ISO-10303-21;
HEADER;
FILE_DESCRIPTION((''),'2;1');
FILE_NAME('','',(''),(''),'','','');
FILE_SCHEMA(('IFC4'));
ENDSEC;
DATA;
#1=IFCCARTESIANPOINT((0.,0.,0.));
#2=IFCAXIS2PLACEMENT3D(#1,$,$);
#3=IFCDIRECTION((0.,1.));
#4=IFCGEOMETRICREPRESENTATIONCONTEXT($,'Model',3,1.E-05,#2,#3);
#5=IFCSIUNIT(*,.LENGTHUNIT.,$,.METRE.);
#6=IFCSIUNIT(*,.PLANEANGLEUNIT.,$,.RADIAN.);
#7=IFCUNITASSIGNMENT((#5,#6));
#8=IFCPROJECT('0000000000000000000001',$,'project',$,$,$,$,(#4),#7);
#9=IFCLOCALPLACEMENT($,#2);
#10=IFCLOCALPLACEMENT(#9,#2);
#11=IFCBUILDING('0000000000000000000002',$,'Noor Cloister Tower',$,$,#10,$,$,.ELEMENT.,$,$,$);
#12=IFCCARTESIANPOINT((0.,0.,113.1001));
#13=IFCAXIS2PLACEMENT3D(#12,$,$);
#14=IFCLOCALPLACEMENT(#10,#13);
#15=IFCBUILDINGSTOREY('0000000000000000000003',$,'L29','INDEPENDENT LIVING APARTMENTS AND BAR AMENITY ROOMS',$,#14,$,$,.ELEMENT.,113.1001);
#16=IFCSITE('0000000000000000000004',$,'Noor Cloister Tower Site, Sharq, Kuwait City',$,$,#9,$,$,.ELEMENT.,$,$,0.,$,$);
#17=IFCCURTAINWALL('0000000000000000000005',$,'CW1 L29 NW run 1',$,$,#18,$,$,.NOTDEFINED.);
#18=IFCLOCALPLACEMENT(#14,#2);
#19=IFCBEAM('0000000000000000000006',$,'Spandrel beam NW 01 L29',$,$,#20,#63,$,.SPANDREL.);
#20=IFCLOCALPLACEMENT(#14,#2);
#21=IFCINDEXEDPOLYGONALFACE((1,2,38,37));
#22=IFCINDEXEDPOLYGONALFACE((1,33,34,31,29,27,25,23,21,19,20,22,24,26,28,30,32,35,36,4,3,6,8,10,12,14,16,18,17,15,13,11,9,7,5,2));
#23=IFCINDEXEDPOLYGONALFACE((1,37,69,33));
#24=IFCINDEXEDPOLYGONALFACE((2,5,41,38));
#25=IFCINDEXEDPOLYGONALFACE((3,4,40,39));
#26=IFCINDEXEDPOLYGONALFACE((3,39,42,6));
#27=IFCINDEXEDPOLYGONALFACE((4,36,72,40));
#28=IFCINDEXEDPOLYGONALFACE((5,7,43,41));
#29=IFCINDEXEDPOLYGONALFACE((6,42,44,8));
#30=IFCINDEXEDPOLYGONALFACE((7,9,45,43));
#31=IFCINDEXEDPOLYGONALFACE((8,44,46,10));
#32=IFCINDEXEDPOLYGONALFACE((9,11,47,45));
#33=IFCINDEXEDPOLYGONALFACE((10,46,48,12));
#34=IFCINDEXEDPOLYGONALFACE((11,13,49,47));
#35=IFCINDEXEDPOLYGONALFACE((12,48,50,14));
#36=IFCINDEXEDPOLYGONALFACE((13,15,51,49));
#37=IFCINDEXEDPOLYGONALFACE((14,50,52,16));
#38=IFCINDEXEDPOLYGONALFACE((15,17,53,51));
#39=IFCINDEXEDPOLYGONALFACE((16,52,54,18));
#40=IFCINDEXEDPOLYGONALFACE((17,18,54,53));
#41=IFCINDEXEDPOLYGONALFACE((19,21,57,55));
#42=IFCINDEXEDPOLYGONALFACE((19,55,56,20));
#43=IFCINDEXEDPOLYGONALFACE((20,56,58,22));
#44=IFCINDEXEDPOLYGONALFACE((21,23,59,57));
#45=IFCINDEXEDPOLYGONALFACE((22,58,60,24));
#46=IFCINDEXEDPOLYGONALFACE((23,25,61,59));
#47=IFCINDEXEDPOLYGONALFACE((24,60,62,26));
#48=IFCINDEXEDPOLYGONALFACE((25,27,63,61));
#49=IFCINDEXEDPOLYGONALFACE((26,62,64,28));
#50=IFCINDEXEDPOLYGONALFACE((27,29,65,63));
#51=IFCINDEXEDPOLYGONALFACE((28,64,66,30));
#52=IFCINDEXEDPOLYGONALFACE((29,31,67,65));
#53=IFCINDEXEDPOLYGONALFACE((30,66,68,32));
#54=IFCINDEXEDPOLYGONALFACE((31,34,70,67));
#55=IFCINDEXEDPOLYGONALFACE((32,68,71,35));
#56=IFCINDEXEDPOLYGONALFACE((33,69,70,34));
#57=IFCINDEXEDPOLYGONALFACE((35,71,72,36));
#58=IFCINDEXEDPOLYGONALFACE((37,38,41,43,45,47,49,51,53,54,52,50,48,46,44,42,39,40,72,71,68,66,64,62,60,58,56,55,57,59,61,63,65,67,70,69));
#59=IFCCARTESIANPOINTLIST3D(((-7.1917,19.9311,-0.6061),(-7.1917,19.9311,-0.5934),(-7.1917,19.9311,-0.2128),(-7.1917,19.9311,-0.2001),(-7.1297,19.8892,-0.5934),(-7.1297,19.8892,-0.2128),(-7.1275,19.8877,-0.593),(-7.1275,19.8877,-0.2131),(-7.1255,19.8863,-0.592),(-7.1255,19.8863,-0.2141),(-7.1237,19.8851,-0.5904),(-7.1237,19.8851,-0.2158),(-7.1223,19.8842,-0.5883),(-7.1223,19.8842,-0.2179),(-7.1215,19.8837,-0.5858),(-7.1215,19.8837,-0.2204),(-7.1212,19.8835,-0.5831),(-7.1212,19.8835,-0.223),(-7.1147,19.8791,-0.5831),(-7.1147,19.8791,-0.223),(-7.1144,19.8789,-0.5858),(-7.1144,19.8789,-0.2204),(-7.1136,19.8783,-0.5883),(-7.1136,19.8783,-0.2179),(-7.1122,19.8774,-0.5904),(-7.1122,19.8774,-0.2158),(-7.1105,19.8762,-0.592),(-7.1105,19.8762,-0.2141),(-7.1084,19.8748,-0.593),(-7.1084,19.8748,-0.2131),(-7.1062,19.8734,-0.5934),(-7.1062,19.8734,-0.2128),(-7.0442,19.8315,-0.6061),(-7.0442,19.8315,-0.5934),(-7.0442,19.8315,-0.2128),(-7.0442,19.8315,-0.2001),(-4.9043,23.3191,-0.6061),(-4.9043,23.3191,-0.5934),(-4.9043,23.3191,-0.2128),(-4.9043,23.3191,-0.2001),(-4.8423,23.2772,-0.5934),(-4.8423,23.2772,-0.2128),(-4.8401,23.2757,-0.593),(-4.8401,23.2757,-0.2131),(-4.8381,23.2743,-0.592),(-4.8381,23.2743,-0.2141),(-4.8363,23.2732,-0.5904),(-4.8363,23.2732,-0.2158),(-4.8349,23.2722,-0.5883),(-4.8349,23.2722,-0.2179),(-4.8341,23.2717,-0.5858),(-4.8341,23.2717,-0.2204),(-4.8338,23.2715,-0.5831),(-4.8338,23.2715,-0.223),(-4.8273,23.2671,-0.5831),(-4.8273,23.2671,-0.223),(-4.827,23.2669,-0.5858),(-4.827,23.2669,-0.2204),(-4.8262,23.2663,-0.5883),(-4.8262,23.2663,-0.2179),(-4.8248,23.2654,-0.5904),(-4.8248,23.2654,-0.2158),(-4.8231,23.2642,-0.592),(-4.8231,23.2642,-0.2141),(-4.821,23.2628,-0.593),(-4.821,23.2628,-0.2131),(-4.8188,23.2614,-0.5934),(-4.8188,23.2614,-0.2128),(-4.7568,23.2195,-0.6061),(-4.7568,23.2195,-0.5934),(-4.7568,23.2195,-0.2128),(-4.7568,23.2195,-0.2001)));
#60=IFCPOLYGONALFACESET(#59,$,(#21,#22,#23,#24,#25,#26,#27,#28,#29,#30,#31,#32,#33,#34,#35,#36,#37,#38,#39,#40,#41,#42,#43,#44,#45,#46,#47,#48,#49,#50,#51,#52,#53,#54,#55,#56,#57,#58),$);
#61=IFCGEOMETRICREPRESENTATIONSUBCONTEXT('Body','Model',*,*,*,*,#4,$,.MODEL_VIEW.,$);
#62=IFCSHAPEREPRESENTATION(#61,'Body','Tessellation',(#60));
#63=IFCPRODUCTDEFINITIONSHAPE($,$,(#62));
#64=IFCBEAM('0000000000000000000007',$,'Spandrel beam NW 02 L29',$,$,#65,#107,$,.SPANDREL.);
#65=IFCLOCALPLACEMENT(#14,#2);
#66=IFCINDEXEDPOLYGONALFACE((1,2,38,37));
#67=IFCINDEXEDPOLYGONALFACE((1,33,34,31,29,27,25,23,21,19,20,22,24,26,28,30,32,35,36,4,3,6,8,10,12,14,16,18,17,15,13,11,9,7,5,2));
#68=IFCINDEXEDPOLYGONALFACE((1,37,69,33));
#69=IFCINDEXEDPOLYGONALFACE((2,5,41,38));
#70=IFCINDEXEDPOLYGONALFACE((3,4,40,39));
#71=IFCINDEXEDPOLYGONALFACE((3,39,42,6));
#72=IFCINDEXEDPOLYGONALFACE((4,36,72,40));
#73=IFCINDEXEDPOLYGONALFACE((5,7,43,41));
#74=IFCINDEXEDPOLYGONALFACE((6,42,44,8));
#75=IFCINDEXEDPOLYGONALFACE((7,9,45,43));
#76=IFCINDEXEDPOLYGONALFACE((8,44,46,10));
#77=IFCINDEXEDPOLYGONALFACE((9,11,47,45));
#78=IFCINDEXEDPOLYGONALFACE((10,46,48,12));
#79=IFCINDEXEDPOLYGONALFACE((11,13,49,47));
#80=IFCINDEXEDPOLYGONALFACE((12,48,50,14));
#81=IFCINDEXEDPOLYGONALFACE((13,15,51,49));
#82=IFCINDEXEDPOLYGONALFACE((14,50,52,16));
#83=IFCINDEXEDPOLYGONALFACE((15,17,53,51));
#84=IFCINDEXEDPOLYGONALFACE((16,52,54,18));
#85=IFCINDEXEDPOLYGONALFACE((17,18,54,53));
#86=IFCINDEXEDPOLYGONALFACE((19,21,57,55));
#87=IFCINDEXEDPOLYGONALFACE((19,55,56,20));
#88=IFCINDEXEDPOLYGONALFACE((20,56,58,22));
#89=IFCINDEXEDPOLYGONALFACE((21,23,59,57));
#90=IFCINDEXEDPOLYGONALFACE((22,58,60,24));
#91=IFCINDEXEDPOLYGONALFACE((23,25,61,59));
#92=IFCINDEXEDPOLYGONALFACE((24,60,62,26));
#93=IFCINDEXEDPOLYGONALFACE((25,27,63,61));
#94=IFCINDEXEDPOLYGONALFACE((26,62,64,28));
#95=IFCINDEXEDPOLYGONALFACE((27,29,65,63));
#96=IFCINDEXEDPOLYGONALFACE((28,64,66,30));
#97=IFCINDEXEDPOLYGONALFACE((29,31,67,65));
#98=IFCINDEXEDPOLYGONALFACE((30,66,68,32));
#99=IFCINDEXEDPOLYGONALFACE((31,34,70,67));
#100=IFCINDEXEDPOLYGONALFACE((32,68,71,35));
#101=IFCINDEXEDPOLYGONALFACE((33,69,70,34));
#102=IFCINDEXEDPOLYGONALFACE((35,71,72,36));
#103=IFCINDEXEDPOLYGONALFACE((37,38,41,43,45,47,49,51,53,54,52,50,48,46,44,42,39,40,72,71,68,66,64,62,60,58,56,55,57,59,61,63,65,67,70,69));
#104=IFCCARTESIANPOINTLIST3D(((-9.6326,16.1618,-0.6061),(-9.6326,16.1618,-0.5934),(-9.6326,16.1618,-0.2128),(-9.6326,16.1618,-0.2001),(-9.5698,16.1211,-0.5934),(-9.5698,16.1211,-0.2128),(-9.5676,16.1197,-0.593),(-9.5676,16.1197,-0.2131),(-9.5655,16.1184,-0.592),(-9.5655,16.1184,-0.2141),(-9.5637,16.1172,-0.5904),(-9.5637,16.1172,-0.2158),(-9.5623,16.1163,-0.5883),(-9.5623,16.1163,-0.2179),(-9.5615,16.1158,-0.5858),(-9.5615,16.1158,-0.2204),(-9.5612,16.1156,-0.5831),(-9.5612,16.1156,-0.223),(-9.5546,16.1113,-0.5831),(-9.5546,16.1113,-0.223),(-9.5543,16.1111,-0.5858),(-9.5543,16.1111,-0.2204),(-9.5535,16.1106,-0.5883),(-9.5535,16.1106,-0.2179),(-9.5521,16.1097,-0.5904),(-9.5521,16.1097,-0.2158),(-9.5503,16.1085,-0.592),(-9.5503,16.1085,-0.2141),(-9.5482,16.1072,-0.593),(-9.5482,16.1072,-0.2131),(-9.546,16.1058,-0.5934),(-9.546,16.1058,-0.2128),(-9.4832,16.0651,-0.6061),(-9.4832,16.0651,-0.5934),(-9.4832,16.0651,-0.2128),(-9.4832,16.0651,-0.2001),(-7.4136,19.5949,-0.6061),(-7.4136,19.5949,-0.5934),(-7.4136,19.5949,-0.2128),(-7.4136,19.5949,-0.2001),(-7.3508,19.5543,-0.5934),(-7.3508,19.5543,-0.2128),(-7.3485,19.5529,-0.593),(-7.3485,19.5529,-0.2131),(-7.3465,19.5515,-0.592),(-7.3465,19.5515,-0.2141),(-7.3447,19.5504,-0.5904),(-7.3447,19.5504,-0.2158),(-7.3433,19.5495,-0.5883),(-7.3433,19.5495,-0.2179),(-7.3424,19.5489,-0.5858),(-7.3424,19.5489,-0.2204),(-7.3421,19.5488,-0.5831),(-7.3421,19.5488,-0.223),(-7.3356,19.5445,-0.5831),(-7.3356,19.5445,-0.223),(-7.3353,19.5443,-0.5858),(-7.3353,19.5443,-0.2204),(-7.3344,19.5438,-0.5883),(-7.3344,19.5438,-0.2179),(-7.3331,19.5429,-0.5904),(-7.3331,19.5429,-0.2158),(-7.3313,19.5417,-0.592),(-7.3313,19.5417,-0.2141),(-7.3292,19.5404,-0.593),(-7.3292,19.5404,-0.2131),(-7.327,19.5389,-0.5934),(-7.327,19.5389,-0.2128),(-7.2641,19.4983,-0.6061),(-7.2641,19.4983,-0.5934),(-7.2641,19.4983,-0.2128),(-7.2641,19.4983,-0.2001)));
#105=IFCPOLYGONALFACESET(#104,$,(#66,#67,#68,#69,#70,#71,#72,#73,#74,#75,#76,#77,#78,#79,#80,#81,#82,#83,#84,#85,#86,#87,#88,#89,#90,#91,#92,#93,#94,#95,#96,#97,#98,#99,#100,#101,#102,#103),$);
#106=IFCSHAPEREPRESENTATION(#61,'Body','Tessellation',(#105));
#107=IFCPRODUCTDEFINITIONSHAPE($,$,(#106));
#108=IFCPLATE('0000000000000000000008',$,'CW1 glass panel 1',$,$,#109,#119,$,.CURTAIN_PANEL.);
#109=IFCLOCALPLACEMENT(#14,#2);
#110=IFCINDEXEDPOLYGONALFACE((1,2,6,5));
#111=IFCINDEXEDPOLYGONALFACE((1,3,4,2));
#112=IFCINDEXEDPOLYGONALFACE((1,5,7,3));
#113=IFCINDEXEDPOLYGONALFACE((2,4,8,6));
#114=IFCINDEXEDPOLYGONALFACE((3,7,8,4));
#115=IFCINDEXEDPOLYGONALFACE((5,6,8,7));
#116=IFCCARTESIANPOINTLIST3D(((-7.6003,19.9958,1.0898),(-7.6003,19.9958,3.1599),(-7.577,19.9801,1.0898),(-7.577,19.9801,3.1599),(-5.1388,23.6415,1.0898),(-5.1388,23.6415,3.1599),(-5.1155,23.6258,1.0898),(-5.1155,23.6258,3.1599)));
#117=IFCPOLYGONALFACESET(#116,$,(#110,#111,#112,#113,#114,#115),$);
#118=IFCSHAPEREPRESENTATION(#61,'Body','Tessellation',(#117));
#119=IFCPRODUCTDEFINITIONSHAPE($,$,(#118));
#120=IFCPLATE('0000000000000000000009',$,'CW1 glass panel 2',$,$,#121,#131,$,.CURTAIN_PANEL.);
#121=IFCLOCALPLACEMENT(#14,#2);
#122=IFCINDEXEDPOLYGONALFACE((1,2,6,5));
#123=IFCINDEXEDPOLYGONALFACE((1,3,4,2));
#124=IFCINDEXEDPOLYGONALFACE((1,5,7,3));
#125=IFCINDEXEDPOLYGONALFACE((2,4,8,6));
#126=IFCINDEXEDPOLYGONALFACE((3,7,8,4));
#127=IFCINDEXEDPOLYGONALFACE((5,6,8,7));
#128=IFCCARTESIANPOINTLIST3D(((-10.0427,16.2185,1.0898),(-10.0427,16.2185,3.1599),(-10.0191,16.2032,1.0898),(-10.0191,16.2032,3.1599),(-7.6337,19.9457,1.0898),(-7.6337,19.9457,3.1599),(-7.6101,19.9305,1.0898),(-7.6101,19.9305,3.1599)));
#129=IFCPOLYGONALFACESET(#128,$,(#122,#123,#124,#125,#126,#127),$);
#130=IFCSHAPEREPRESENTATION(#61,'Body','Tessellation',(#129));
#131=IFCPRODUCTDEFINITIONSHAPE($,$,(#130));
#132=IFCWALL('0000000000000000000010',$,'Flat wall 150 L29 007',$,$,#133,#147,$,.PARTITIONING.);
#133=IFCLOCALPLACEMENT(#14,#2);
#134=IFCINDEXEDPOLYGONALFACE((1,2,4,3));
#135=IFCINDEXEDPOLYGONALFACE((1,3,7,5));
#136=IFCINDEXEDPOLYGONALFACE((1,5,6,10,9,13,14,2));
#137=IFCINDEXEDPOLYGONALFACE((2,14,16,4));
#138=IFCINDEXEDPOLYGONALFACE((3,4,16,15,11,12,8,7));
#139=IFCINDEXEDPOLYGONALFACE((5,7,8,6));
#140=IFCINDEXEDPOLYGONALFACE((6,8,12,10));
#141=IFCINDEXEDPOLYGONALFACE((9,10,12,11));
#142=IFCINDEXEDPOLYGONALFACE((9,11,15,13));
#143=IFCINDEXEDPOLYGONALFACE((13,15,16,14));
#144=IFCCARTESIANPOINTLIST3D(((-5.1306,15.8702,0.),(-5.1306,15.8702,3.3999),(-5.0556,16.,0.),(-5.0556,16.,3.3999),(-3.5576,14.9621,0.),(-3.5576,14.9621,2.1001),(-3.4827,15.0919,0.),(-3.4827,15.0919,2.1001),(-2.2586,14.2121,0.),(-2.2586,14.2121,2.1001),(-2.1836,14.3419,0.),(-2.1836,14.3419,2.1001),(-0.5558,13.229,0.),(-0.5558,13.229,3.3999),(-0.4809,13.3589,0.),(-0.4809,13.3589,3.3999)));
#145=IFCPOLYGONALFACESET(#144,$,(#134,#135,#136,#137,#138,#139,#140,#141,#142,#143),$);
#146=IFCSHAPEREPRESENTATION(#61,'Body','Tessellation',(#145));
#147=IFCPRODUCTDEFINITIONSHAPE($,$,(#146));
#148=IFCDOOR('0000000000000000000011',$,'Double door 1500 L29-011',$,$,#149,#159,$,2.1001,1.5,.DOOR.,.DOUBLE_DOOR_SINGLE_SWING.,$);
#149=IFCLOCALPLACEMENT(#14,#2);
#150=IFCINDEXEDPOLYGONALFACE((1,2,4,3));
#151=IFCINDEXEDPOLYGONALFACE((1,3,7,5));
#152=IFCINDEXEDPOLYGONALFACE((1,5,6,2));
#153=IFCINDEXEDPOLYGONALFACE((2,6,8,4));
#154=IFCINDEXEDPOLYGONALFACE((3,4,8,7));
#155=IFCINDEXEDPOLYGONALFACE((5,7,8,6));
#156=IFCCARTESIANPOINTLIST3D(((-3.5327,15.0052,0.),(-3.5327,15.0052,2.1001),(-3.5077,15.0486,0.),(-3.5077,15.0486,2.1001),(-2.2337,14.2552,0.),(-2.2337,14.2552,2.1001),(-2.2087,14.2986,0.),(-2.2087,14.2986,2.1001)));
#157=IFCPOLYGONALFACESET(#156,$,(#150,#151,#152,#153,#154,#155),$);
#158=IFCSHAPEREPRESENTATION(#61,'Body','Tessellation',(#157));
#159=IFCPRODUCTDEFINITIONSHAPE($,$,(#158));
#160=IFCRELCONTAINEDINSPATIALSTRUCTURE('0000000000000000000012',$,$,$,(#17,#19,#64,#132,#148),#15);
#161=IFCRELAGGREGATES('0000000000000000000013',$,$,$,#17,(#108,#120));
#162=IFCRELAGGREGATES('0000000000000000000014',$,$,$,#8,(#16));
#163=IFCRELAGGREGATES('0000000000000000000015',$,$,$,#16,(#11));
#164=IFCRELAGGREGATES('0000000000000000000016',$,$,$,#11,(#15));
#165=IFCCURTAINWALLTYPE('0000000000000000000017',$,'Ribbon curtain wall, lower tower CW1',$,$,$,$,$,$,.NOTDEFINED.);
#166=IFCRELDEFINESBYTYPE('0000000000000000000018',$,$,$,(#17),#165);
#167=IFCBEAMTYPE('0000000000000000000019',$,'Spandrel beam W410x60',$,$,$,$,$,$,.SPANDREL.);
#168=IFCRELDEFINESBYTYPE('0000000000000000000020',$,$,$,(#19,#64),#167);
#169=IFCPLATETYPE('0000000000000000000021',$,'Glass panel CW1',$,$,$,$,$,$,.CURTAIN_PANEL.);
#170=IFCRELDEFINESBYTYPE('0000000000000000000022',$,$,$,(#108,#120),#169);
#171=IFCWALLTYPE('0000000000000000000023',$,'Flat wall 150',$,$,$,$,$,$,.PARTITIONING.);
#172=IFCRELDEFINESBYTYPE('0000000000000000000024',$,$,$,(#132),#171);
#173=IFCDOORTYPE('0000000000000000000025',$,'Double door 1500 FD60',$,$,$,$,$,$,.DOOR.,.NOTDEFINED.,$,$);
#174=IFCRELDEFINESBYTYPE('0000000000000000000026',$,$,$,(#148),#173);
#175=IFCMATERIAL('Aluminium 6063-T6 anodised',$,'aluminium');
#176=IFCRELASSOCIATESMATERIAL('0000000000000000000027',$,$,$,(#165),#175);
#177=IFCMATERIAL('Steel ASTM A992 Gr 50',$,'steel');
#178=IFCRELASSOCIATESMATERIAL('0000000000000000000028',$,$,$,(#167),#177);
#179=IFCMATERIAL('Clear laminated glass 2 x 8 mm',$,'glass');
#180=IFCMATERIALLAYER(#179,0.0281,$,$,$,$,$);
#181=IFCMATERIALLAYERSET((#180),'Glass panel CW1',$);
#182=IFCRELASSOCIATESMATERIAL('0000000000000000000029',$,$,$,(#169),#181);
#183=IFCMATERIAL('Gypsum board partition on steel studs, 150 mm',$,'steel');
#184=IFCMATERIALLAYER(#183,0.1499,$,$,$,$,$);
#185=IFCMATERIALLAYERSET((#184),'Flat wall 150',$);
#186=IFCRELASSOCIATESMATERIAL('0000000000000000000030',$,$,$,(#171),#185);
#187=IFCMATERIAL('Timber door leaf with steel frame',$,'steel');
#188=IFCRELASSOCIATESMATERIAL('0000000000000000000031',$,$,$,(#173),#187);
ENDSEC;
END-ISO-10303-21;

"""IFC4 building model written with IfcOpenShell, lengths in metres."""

from ifc_helpers import new_model, si_unit, direction, frame, frame_2d, origin, origin_2d, place, context, subcontext, project, spatial, rectangle, i_section, extrude, material, layer, layer_set, material_profile, profile_set, type_object, element, fill, aggregate, save


model = new_model("IFC4")

# Units and contexts
model_context = context("Model", 3, precision=1e-05, world=origin(), true_north=direction((0.0, 1.0)))
body_context = subcontext(model_context, "Body", "Model", "MODEL_VIEW")
ifc_project = project(units=[si_unit("LENGTHUNIT", "METRE"), si_unit("PLANEANGLEUNIT", "RADIAN")], contexts=[model_context])

# Site, building, storey
site_placement = place(None, origin())
site = spatial("IfcSite", under=ifc_project, at=site_placement, Name="Noor Cloister Tower Site, Sharq, Kuwait City", CompositionType="ELEMENT", RefElevation=0.0)
building_placement = place(site_placement, origin())
building = spatial("IfcBuilding", under=site, at=building_placement, Name="Noor Cloister Tower", CompositionType="ELEMENT")
storey_placement = place(building_placement, frame((0.0, 0.0, 113.1001)))
storey = spatial("IfcBuildingStorey", under=building, at=storey_placement, Name="L29", Description="INDEPENDENT LIVING APARTMENTS AND BAR AMENITY ROOMS", CompositionType="ELEMENT", Elevation=113.1001)

# Curtain wall
ifc_material_1 = material(Name="Aluminium 6063-T6 anodised", Category="aluminium")
curtain_wall_type = type_object("IfcCurtainWallType", Name="Ribbon curtain wall, lower tower CW1", PredefinedType="NOTDEFINED", material=ifc_material_1)
curtain_wall_placement = place(storey_placement, origin())
curtain_wall = element("IfcCurtainWall", 1, at=curtain_wall_placement, inside=storey, type_object=curtain_wall_type, Name="CW1 L29 NW run 1", PredefinedType="NOTDEFINED")

# Beams
ifc_material_2 = material(Name="Steel ASTM A992 Gr 50", Category="steel")
ifc_material_profile_1 = material_profile(ifc_material_2, i_section(OverallWidth=0.178, OverallDepth=0.406, WebThickness=0.0078, FlangeThickness=0.0127, FilletRadius=0.0103, at=origin_2d()), Name="W410x60")
ifc_profile_set_1 = profile_set([ifc_material_profile_1], Name="Steel ASTM A992 Gr 50")
beam_type_1 = type_object("IfcBeamType", Name="Spandrel beam W410x60", PredefinedType="SPANDREL", material=ifc_profile_set_1)
for number, where, z_axis, x_axis, name in (
    (2, (-4.8306, 23.2693, -0.4031), (-0.559556, -0.828793, 0.0), (0.828793, -0.559556, 0.0), "Spandrel beam NW 01 L29"),
    (3, (-7.3389, 19.5466, -0.4031), (-0.542833, -0.839841, 0.0), (0.839841, -0.542833, 0.0), "Spandrel beam NW 02 L29"),
):
    element("IfcBeam", number, at=place(storey_placement, frame(where, z_axis=z_axis, x_axis=x_axis)), inside=storey, type_object=beam_type_1, Name=name, PredefinedType="SPANDREL", context=body_context, shape_type="SweptSolid", body=[
        extrude(i_section(OverallWidth=0.178, OverallDepth=0.406, WebThickness=0.0078, FlangeThickness=0.0127, FilletRadius=0.0103, at=origin_2d()), origin(), (0.0, 0.0, 1.0), 4.0879),
    ])

# Plates
ifc_material_3 = material(Name="Clear laminated glass 2 x 8 mm", Category="glass")
ifc_layer_1 = layer(ifc_material_3, 0.0281)
ifc_layer_set_1 = layer_set([ifc_layer_1], Name="Glass panel CW1")
plate_type = type_object("IfcPlateType", Name="Glass panel CW1", PredefinedType="CURTAIN_PANEL", material=ifc_layer_set_1)
plate_1_placement = place(storey_placement, frame((-6.3579, 21.8108, 1.0898), z_axis=(0.0, 0.0, 1.0), x_axis=(-0.559576, -0.828779, 0.0)))
plate_1 = element("IfcPlate", 4, at=plate_1_placement, type_object=plate_type, Name="CW1 glass panel 1", PredefinedType="CURTAIN_PANEL", context=body_context, shape_type="SweptSolid", body=[
    extrude(rectangle(XDim=4.3989, YDim=0.0281, at=origin_2d()), origin(), (0.0, 0.0, 1.0), 2.0701),
])
plate_2_placement = place(storey_placement, frame((-8.8264, 18.0745, 1.0898), z_axis=(0.0, 0.0, 1.0), x_axis=(-0.542824, -0.839847, 0.0)))
plate_2 = element("IfcPlate", 5, at=plate_2_placement, type_object=plate_type, Name="CW1 glass panel 2", PredefinedType="CURTAIN_PANEL", context=body_context, shape_type="SweptSolid", body=[
    extrude(rectangle(XDim=4.438, YDim=0.0281, at=origin_2d()), origin(), (0.0, 0.0, 1.0), 2.0701),
])
aggregate(curtain_wall, [plate_1, plate_2])

# Wall, opening, door
ifc_material_4 = material(Name="Gypsum board partition on steel studs, 150 mm", Category="steel")
ifc_layer_2 = layer(ifc_material_4, 0.1499)
ifc_layer_set_2 = layer_set([ifc_layer_2], Name="Flat wall 150")
wall_type = type_object("IfcWallType", Name="Flat wall 150", PredefinedType="PARTITIONING", material=ifc_layer_set_2)
wall_placement = place(storey_placement, frame((-5.093, 15.9351, 0.0), z_axis=(0.0, 0.0, 1.0), x_axis=(0.866033, -0.499987, 0.0)))
wall = element("IfcWall", 6, at=wall_placement, inside=storey, type_object=wall_type, Name="Flat wall 150 L29 007", PredefinedType="PARTITIONING", context=body_context, shape_type="SweptSolid", body=[
    extrude(rectangle(XDim=5.2825, YDim=0.1499, at=frame_2d((2.6411, 0.0))), origin(), (0.0, 0.0, 1.0), 3.3999),
])
opening_placement = place(wall_placement, frame((1.8162, 0.0, 0.0)))
opening = element("IfcOpeningElement", 7, at=opening_placement, cuts=wall, PredefinedType="OPENING", context=body_context, shape_type="SweptSolid", body=[
    extrude(rectangle(XDim=1.5, YDim=2.1001, at=frame_2d((0.75, 1.05))), frame((0.0, 0.085, 0.0), z_axis=(0.0, -1.0, 0.0), x_axis=(1.0, 0.0, 0.0)), (0.0, 0.0, 1.0), 0.1699),
])
ifc_material_5 = material(Name="Timber door leaf with steel frame", Category="steel")
door_type = type_object("IfcDoorType", Name="Double door 1500 FD60", OperationType="NOTDEFINED", PredefinedType="DOOR", material=ifc_material_5)
door_placement = place(opening_placement, origin())
door = element("IfcDoor", 8, at=door_placement, inside=storey, type_object=door_type, Name="Double door 1500 L29-011", OperationType="DOUBLE_DOOR_SINGLE_SWING", OverallHeight=2.1001, OverallWidth=1.5, PredefinedType="DOOR", context=body_context, shape_type="SweptSolid", body=[
    extrude(rectangle(XDim=1.5, YDim=2.1001, at=frame_2d((0.75, 1.05))), frame((0.0, 0.0249, 0.0), z_axis=(0.0, -1.0, 0.0), x_axis=(1.0, 0.0, 0.0)), (0.0, 0.0, 1.0), 0.05),
])
fill(opening, door)

save(model, "model.ifc")
